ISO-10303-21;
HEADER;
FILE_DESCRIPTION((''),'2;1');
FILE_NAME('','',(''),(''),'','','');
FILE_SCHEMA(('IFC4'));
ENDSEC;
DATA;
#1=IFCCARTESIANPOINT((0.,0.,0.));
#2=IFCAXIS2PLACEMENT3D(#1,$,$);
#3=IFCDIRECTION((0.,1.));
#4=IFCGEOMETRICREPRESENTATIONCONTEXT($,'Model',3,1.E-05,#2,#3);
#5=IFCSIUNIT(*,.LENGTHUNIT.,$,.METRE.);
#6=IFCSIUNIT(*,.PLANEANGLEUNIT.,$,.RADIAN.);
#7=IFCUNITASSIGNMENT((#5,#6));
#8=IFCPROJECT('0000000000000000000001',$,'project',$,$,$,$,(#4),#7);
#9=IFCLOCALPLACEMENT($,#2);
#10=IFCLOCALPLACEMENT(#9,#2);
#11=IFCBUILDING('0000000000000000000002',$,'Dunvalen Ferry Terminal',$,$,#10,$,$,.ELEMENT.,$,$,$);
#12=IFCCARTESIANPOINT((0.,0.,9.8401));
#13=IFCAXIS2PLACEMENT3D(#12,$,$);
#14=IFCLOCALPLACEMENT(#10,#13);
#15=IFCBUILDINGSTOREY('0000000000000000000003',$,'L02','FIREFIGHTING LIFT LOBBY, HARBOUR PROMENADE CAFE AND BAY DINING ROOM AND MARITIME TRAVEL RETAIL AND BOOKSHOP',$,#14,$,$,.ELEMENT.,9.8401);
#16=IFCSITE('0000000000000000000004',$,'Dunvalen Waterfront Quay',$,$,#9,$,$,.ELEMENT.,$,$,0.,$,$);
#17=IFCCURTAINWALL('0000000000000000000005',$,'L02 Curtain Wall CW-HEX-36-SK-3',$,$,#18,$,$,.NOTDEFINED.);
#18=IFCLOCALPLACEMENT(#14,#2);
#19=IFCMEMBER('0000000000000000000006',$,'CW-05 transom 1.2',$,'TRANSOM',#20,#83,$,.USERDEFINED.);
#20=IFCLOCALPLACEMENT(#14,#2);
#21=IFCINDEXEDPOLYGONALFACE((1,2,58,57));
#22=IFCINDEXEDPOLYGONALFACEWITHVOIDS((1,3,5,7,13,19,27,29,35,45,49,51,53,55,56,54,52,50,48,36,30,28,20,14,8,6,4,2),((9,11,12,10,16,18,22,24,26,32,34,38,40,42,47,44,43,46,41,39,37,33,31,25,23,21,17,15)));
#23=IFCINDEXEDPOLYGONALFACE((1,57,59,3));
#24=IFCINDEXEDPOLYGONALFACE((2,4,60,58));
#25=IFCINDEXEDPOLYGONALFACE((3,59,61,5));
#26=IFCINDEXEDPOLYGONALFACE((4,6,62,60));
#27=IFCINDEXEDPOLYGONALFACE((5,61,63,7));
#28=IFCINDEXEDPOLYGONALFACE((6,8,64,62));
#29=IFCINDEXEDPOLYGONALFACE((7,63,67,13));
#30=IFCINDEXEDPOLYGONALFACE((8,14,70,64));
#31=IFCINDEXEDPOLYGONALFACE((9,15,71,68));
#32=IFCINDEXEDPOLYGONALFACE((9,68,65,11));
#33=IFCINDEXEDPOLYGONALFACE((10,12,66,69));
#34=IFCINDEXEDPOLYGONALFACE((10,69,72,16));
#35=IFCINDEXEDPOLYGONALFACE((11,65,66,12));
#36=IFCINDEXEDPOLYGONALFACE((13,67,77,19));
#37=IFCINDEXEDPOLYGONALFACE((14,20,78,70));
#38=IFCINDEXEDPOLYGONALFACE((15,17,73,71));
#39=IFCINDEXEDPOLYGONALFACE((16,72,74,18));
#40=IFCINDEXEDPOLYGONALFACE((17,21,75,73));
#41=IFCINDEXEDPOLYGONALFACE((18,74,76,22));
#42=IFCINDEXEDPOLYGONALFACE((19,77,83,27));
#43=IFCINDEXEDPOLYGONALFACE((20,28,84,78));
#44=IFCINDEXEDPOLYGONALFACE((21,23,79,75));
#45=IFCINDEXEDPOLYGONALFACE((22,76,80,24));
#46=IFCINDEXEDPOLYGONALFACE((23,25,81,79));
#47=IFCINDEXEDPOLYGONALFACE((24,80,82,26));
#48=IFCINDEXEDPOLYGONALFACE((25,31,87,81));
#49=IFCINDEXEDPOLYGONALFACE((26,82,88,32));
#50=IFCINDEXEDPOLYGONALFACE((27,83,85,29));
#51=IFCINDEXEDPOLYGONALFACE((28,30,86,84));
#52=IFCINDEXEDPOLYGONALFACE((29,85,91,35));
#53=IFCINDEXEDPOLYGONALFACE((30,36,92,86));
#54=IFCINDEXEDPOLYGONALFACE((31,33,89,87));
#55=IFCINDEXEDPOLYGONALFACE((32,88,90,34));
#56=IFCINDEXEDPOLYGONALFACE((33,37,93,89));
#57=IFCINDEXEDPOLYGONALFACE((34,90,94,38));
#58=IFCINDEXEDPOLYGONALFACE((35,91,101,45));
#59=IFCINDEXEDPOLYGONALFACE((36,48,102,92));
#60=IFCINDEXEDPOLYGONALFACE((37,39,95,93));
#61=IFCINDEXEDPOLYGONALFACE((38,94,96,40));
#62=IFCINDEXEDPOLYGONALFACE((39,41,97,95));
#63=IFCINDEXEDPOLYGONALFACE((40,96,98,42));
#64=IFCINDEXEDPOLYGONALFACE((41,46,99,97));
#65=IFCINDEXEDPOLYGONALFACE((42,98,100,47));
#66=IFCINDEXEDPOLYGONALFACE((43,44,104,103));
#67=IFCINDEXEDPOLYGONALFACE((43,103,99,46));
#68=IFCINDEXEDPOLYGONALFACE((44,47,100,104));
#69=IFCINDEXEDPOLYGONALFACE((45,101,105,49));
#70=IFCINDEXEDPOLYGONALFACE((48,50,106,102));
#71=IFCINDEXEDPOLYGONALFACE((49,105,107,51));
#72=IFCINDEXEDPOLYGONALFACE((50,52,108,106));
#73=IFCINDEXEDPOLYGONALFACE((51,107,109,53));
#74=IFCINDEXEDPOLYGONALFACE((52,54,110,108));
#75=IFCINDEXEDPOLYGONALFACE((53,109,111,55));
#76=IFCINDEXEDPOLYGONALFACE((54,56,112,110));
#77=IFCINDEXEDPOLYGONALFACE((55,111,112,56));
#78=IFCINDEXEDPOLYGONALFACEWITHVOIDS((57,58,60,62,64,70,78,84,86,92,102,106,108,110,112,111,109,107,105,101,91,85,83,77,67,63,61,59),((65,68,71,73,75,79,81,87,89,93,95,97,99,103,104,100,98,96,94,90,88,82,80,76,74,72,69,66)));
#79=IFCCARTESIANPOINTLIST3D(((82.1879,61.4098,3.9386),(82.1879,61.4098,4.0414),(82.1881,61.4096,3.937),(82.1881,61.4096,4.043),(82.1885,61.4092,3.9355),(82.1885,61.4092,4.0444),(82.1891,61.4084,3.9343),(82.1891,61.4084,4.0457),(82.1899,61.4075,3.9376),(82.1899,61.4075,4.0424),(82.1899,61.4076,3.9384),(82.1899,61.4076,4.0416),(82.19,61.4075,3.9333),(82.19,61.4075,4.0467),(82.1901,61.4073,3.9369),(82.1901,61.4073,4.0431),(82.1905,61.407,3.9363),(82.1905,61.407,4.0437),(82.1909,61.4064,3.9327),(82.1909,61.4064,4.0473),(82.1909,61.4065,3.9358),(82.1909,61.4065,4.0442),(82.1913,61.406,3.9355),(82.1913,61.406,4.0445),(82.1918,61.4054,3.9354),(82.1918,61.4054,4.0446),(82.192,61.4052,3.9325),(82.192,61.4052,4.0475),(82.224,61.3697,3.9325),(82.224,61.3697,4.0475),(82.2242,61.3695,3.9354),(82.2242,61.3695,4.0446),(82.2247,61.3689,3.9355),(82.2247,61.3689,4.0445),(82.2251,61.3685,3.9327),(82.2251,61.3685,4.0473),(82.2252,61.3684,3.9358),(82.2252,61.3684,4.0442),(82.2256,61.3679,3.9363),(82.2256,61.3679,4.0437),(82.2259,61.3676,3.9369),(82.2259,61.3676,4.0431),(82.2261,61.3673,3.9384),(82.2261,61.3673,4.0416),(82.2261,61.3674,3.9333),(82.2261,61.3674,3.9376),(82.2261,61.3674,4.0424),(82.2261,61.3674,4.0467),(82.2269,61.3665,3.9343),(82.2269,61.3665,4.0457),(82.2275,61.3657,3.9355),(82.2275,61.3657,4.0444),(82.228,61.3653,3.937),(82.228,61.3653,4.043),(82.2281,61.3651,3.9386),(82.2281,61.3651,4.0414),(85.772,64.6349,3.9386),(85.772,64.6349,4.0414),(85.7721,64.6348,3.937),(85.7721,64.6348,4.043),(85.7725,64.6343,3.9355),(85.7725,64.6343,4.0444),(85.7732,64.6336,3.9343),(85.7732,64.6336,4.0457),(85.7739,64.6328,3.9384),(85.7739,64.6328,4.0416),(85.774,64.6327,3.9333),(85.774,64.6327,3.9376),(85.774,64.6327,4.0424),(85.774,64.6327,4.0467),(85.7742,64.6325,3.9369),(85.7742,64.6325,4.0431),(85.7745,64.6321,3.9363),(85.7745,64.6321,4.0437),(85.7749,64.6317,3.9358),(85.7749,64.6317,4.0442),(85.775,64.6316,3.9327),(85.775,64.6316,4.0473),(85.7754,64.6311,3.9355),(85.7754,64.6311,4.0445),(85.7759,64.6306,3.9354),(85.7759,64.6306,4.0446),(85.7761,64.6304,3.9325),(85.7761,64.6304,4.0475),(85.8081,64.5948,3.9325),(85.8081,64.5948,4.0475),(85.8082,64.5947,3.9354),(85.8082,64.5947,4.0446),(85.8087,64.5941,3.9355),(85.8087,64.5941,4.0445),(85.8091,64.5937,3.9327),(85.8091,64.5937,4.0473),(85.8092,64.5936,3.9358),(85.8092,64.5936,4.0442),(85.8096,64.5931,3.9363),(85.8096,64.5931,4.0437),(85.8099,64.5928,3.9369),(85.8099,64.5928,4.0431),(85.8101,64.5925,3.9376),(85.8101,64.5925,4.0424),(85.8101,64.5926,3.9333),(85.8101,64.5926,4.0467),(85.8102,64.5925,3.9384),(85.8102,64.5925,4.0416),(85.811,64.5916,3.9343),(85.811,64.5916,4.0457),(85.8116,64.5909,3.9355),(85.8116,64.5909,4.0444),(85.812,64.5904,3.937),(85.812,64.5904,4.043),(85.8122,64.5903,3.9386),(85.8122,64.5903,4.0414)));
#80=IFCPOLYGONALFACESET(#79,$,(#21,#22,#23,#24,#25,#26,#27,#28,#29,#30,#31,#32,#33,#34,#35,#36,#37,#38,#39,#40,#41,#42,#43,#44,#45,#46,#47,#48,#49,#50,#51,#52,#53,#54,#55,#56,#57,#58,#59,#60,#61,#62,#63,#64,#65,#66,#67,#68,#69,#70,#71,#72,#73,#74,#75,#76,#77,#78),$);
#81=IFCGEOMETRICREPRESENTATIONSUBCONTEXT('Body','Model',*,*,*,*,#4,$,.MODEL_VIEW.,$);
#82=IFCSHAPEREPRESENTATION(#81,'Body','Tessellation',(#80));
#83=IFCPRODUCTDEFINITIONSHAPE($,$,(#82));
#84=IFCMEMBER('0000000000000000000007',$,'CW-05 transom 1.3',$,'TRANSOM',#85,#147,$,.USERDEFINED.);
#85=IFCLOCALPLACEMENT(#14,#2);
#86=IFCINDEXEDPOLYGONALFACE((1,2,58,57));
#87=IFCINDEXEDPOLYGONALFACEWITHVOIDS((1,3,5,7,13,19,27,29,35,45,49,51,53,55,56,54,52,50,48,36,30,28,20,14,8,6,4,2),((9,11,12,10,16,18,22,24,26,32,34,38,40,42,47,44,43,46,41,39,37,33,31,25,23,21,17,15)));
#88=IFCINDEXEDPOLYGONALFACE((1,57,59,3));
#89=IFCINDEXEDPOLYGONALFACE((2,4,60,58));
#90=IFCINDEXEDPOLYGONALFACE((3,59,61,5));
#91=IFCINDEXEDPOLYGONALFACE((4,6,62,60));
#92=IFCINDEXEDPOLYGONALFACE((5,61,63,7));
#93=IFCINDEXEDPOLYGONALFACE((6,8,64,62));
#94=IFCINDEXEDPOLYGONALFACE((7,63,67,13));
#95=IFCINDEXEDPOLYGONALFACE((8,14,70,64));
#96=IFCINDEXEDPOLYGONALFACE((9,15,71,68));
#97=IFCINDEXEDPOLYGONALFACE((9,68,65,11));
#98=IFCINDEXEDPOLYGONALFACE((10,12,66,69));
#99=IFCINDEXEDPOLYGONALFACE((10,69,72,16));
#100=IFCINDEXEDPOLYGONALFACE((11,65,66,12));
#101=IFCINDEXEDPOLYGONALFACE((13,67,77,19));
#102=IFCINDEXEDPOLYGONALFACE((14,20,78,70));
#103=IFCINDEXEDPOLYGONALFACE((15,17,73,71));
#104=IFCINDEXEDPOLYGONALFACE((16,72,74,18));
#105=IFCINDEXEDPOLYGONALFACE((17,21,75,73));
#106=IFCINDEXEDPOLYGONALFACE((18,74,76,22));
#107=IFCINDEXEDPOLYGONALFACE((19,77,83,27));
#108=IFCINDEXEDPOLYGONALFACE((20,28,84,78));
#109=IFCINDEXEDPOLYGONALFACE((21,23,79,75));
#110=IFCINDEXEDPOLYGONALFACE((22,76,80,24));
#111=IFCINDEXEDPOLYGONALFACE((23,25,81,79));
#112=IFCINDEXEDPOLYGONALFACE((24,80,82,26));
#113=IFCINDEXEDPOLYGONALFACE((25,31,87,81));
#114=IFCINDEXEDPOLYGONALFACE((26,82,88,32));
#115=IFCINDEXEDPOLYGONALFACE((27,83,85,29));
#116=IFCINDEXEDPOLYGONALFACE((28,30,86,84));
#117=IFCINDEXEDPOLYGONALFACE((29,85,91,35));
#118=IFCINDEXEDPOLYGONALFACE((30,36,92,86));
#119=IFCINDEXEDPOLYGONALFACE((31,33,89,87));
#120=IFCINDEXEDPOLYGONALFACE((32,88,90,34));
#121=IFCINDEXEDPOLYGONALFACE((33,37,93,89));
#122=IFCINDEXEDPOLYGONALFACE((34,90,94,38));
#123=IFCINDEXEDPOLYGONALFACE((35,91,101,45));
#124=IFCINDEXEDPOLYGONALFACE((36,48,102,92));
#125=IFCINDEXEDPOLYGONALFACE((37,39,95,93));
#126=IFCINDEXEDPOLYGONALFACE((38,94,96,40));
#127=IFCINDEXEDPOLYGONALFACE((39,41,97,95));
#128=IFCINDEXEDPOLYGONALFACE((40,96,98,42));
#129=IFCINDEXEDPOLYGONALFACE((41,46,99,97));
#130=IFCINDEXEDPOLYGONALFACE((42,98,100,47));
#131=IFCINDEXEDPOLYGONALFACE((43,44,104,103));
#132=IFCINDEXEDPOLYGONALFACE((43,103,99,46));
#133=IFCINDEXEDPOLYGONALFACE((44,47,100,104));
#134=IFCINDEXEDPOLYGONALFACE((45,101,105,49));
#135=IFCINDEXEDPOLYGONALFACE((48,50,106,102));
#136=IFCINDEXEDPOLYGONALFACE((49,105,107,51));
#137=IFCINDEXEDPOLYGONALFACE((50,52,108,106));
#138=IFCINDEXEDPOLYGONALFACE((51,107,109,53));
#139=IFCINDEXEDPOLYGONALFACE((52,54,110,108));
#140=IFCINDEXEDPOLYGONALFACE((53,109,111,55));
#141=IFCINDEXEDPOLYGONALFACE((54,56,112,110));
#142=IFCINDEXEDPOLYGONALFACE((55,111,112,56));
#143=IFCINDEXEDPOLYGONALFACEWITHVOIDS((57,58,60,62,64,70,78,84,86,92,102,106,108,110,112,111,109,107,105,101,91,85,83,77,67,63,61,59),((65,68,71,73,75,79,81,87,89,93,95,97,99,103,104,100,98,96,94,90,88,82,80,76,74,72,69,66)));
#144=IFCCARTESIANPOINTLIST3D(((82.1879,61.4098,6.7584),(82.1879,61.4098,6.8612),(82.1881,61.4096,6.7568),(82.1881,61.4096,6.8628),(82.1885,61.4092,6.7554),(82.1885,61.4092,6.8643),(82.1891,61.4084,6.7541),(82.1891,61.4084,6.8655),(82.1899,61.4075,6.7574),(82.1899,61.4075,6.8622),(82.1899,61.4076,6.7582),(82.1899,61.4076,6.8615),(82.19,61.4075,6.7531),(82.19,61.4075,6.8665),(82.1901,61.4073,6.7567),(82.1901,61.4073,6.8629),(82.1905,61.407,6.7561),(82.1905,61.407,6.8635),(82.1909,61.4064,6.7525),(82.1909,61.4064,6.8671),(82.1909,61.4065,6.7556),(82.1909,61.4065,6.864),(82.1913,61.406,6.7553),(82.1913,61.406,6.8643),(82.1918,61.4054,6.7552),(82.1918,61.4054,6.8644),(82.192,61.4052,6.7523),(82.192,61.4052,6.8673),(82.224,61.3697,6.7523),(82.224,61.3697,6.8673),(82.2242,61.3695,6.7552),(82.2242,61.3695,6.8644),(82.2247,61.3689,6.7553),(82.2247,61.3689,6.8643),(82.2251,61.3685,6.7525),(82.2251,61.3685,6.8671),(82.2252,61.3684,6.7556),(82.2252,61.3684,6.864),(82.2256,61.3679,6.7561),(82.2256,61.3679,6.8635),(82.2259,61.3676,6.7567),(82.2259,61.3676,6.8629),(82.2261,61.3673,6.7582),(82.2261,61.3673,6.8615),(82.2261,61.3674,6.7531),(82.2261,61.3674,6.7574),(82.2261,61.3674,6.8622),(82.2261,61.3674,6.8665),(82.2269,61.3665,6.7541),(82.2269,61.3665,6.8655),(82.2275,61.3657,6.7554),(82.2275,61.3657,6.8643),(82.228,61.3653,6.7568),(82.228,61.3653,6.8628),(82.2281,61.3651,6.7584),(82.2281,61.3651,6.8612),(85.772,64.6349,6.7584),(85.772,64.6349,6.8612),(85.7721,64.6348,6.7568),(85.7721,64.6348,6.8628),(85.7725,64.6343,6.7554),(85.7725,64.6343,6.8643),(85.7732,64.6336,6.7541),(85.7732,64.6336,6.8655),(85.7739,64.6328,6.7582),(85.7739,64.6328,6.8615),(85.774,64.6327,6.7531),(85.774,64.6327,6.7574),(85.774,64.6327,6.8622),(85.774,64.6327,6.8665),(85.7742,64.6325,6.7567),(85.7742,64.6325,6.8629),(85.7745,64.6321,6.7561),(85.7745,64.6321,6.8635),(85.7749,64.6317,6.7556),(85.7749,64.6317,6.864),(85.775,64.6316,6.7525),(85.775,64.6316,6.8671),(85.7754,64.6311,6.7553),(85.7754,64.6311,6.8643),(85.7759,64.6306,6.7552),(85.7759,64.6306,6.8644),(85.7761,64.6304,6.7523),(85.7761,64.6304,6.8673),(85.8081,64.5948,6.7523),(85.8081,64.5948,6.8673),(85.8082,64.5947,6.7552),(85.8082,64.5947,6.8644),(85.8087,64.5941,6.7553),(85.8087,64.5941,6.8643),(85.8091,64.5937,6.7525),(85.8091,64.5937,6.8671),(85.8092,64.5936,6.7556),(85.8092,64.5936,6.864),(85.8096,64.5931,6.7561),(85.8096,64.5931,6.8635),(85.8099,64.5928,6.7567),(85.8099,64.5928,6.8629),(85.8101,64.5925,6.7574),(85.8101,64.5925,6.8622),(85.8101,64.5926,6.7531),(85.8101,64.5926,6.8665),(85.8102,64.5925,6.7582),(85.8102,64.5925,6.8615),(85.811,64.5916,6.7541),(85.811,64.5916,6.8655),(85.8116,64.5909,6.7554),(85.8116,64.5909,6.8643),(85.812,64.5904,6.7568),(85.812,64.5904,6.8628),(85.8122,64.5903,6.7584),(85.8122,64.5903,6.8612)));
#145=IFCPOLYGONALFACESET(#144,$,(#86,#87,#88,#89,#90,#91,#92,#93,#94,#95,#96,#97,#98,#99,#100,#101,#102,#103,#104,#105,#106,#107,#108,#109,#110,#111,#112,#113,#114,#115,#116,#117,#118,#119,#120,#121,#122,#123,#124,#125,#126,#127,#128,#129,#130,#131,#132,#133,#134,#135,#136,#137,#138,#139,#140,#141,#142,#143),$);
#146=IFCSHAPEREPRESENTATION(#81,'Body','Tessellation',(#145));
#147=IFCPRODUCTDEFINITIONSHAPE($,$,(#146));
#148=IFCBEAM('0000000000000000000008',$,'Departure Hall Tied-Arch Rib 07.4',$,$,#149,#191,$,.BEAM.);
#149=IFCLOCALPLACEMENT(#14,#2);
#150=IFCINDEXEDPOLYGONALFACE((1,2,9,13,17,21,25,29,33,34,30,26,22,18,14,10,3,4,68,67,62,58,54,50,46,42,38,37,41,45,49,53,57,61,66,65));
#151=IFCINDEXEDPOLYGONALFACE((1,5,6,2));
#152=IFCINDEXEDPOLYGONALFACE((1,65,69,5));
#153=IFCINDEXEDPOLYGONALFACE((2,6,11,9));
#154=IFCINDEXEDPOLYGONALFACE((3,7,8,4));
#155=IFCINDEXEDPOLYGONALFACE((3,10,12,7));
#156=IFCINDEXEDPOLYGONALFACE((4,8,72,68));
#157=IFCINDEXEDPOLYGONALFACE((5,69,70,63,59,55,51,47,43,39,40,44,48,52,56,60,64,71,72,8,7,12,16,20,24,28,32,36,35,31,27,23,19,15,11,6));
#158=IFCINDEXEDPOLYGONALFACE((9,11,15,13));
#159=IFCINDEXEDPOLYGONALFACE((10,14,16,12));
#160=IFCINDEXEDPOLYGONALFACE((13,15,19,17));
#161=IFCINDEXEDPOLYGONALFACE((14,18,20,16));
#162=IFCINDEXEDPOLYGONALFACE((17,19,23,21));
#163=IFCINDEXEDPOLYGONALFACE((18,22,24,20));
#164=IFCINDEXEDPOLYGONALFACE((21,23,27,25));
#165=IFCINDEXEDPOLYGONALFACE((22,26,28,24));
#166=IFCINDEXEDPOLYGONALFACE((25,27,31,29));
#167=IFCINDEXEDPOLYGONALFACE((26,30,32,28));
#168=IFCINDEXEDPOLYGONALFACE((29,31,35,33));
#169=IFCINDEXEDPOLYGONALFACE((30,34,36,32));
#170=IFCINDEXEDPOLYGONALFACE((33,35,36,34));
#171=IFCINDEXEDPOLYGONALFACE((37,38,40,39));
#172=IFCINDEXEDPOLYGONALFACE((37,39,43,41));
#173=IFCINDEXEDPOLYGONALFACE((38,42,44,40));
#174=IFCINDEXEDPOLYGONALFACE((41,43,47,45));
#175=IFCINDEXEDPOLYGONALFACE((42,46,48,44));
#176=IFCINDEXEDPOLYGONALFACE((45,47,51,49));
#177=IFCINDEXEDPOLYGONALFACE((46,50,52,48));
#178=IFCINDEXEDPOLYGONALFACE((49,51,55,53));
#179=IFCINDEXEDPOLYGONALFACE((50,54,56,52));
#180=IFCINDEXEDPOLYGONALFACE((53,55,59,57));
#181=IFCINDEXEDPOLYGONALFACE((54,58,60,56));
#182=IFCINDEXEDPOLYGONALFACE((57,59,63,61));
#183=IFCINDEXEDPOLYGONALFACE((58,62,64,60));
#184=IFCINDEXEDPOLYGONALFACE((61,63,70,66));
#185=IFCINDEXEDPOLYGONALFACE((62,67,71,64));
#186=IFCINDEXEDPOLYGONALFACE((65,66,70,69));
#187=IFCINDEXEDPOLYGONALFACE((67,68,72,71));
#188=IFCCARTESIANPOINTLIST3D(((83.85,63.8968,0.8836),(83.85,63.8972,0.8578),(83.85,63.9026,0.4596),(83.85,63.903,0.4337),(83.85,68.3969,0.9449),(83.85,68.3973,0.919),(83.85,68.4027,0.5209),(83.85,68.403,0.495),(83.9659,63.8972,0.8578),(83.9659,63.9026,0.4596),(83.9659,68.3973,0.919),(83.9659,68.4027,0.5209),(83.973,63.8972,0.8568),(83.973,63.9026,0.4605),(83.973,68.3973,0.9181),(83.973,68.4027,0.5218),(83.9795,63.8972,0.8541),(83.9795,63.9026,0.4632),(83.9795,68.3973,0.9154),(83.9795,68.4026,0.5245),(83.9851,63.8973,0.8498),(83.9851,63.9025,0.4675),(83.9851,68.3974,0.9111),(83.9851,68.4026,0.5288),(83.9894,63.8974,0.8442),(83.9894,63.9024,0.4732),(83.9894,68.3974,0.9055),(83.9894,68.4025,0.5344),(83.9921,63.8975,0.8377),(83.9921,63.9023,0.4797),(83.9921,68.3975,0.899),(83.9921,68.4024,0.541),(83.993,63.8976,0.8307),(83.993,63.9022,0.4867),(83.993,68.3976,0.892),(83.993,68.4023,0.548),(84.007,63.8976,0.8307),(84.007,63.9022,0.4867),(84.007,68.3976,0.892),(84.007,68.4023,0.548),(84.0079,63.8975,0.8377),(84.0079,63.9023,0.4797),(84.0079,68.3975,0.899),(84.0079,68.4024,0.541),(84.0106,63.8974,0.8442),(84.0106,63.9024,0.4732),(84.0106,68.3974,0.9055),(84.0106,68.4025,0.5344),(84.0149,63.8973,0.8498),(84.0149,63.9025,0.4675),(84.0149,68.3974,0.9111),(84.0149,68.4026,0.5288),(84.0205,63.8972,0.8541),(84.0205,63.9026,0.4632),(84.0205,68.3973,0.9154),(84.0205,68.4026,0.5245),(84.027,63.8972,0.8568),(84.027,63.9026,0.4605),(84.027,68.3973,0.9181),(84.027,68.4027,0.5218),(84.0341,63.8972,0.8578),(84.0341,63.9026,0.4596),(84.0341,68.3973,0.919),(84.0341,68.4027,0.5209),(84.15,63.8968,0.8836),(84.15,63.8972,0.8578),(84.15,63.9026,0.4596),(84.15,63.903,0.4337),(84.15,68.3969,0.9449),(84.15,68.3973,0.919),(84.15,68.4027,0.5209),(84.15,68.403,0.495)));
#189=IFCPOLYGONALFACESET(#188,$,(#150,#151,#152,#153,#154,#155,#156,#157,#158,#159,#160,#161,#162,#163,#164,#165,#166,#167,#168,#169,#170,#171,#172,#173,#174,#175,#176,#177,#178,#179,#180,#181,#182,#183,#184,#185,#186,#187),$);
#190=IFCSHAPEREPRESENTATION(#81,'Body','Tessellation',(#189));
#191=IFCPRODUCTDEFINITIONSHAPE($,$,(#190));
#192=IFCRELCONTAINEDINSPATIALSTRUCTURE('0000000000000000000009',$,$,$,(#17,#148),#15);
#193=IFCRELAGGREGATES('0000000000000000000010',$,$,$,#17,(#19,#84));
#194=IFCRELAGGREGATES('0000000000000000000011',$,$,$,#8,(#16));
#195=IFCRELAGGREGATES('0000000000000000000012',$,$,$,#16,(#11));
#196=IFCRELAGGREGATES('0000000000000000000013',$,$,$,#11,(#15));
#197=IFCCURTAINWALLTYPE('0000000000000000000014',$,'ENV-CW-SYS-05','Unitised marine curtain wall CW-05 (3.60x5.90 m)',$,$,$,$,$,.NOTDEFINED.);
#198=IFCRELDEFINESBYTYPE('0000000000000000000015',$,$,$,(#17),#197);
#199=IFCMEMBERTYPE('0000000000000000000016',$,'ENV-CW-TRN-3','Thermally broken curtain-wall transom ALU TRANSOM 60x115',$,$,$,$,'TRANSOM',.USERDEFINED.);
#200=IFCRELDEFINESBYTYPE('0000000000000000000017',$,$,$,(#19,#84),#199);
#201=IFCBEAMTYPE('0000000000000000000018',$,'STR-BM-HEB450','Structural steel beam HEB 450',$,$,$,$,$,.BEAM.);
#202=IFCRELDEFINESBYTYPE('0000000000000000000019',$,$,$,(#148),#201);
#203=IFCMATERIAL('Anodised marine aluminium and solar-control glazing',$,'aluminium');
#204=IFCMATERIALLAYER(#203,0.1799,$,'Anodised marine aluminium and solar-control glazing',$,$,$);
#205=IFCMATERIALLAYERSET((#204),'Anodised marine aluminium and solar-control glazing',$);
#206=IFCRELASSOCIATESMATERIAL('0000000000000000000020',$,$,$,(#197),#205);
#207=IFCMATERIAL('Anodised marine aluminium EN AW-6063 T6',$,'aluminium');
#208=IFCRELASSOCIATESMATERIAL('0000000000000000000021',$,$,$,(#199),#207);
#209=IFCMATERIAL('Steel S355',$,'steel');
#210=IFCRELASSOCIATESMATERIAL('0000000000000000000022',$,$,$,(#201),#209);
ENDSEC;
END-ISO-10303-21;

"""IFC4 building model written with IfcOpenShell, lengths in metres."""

from ifc_helpers import new_model, si_unit, direction, frame, origin, origin_2d, place, context, subcontext, project, spatial, hollow_rectangle, i_section, extrude, material, layer, layer_set, material_profile, profile_set, type_object, element, aggregate, save


model = new_model("IFC4")

# Units and contexts
model_context = context("Model", 3, precision=1e-05, world=origin(), true_north=direction((0.0, 1.0)))
body_context = subcontext(model_context, "Body", "Model", "MODEL_VIEW")
ifc_project = project(units=[si_unit("LENGTHUNIT", "METRE"), si_unit("PLANEANGLEUNIT", "RADIAN")], contexts=[model_context])

# Site, building, storey
site_placement = place(None, origin())
site = spatial("IfcSite", under=ifc_project, at=site_placement, Name="Dunvalen Waterfront Quay", CompositionType="ELEMENT", RefElevation=0.0)
building_placement = place(site_placement, origin())
building = spatial("IfcBuilding", under=site, at=building_placement, Name="Dunvalen Ferry Terminal", CompositionType="ELEMENT")
storey_placement = place(building_placement, frame((0.0, 0.0, 9.8401)))
storey = spatial("IfcBuildingStorey", under=building, at=storey_placement, Name="L02", Description="FIREFIGHTING LIFT LOBBY, HARBOUR PROMENADE CAFE AND BAY DINING ROOM AND MARITIME TRAVEL RETAIL AND BOOKSHOP", CompositionType="ELEMENT", Elevation=9.8401)

# Curtain wall
ifc_material_1 = material(Name="Anodised marine aluminium and solar-control glazing", Category="aluminium")
ifc_layer_1 = layer(ifc_material_1, 0.1799, Name="Anodised marine aluminium and solar-control glazing")
ifc_layer_set_1 = layer_set([ifc_layer_1], Name="Anodised marine aluminium and solar-control glazing")
curtain_wall_type_1 = type_object("IfcCurtainWallType", Name="ENV-CW-SYS-05", Description="Unitised marine curtain wall CW-05 (3.60x5.90 m)", PredefinedType="NOTDEFINED", material=ifc_layer_set_1)
curtain_wall_1_placement = place(storey_placement, origin())
curtain_wall_1 = element("IfcCurtainWall", 1, at=curtain_wall_1_placement, inside=storey, type_object=curtain_wall_type_1, Name="L02 Curtain Wall CW-HEX-36-SK-3", PredefinedType="NOTDEFINED")
ifc_material_2 = material(Name="Anodised marine aluminium EN AW-6063 T6", Category="aluminium")

# Members
ifc_material_profile_1 = material_profile(ifc_material_2, hollow_rectangle(XDim=0.0601, YDim=0.115, WallThickness=0.0029, InnerFilletRadius=0.0029, OuterFilletRadius=0.0061, at=origin_2d()), Name="Anodised marine aluminium EN AW-6063 T6")
ifc_profile_set_1 = profile_set([ifc_material_profile_1], Name="Anodised marine aluminium EN AW-6063 T6")
member_type_1 = type_object("IfcMemberType", Name="ENV-CW-TRN-3", Description="Thermally broken curtain-wall transom ALU TRANSOM 60x115", ElementType="TRANSOM", PredefinedType="USERDEFINED", material=ifc_profile_set_1)
member_1_placement = place(storey_placement, frame((82.208, 61.3875, 3.99), z_axis=(0.743345, 0.668909, 0.0), x_axis=(-0.668909, 0.743345, 0.0)))
member_1 = element("IfcMember", 2, at=member_1_placement, type_object=member_type_1, Name="CW-05 transom 1.2", ObjectType="TRANSOM", PredefinedType="USERDEFINED", context=body_context, shape_type="SweptSolid", body=[
    extrude(hollow_rectangle(XDim=0.0601, YDim=0.115, WallThickness=0.0029, InnerFilletRadius=0.0029, OuterFilletRadius=0.0061, at=origin_2d()), origin(), (0.0, 0.0, 1.0), 4.8215),
])
member_2_placement = place(storey_placement, frame((82.208, 61.3875, 6.8098), z_axis=(0.743345, 0.668909, 0.0), x_axis=(-0.668909, 0.743345, 0.0)))
member_2 = element("IfcMember", 3, at=member_2_placement, type_object=member_type_1, Name="CW-05 transom 1.3", ObjectType="TRANSOM", PredefinedType="USERDEFINED", context=body_context, shape_type="SweptSolid", body=[
    extrude(hollow_rectangle(XDim=0.0601, YDim=0.115, WallThickness=0.0029, InnerFilletRadius=0.0029, OuterFilletRadius=0.0061, at=origin_2d()), origin(), (0.0, 0.0, 1.0), 4.8215),
])

# Beam
ifc_material_3 = material(Name="Steel S355", Category="steel")
ifc_material_profile_2 = material_profile(ifc_material_3, i_section(OverallWidth=0.3, OverallDepth=0.45, WebThickness=0.0139, FlangeThickness=0.0259, FilletRadius=0.0271, at=origin_2d()), Name="Steel S355")
ifc_profile_set_2 = profile_set([ifc_material_profile_2], Name="Steel S355")
beam_type_1 = type_object("IfcBeamType", Name="STR-BM-HEB450", Description="Structural steel beam HEB 450", PredefinedType="BEAM", material=ifc_profile_set_2)
beam_1_placement = place(storey_placement, frame((84.0, 63.8999, 0.6587), z_axis=(0.0, 0.999907, 0.013616), x_axis=(-1.0, 0.0, 0.0)))
element("IfcBeam", 4, at=beam_1_placement, inside=storey, type_object=beam_type_1, Name="Departure Hall Tied-Arch Rib 07.4", PredefinedType="BEAM", context=body_context, shape_type="SweptSolid", body=[
    extrude(i_section(OverallWidth=0.3, OverallDepth=0.45, WebThickness=0.0139, FlangeThickness=0.0259, FilletRadius=0.0271, at=origin_2d()), origin(), (0.0, 0.0, 1.0), 4.5005),
])

aggregate(curtain_wall_1, [member_1, member_2])

save(model, "model.ifc")
